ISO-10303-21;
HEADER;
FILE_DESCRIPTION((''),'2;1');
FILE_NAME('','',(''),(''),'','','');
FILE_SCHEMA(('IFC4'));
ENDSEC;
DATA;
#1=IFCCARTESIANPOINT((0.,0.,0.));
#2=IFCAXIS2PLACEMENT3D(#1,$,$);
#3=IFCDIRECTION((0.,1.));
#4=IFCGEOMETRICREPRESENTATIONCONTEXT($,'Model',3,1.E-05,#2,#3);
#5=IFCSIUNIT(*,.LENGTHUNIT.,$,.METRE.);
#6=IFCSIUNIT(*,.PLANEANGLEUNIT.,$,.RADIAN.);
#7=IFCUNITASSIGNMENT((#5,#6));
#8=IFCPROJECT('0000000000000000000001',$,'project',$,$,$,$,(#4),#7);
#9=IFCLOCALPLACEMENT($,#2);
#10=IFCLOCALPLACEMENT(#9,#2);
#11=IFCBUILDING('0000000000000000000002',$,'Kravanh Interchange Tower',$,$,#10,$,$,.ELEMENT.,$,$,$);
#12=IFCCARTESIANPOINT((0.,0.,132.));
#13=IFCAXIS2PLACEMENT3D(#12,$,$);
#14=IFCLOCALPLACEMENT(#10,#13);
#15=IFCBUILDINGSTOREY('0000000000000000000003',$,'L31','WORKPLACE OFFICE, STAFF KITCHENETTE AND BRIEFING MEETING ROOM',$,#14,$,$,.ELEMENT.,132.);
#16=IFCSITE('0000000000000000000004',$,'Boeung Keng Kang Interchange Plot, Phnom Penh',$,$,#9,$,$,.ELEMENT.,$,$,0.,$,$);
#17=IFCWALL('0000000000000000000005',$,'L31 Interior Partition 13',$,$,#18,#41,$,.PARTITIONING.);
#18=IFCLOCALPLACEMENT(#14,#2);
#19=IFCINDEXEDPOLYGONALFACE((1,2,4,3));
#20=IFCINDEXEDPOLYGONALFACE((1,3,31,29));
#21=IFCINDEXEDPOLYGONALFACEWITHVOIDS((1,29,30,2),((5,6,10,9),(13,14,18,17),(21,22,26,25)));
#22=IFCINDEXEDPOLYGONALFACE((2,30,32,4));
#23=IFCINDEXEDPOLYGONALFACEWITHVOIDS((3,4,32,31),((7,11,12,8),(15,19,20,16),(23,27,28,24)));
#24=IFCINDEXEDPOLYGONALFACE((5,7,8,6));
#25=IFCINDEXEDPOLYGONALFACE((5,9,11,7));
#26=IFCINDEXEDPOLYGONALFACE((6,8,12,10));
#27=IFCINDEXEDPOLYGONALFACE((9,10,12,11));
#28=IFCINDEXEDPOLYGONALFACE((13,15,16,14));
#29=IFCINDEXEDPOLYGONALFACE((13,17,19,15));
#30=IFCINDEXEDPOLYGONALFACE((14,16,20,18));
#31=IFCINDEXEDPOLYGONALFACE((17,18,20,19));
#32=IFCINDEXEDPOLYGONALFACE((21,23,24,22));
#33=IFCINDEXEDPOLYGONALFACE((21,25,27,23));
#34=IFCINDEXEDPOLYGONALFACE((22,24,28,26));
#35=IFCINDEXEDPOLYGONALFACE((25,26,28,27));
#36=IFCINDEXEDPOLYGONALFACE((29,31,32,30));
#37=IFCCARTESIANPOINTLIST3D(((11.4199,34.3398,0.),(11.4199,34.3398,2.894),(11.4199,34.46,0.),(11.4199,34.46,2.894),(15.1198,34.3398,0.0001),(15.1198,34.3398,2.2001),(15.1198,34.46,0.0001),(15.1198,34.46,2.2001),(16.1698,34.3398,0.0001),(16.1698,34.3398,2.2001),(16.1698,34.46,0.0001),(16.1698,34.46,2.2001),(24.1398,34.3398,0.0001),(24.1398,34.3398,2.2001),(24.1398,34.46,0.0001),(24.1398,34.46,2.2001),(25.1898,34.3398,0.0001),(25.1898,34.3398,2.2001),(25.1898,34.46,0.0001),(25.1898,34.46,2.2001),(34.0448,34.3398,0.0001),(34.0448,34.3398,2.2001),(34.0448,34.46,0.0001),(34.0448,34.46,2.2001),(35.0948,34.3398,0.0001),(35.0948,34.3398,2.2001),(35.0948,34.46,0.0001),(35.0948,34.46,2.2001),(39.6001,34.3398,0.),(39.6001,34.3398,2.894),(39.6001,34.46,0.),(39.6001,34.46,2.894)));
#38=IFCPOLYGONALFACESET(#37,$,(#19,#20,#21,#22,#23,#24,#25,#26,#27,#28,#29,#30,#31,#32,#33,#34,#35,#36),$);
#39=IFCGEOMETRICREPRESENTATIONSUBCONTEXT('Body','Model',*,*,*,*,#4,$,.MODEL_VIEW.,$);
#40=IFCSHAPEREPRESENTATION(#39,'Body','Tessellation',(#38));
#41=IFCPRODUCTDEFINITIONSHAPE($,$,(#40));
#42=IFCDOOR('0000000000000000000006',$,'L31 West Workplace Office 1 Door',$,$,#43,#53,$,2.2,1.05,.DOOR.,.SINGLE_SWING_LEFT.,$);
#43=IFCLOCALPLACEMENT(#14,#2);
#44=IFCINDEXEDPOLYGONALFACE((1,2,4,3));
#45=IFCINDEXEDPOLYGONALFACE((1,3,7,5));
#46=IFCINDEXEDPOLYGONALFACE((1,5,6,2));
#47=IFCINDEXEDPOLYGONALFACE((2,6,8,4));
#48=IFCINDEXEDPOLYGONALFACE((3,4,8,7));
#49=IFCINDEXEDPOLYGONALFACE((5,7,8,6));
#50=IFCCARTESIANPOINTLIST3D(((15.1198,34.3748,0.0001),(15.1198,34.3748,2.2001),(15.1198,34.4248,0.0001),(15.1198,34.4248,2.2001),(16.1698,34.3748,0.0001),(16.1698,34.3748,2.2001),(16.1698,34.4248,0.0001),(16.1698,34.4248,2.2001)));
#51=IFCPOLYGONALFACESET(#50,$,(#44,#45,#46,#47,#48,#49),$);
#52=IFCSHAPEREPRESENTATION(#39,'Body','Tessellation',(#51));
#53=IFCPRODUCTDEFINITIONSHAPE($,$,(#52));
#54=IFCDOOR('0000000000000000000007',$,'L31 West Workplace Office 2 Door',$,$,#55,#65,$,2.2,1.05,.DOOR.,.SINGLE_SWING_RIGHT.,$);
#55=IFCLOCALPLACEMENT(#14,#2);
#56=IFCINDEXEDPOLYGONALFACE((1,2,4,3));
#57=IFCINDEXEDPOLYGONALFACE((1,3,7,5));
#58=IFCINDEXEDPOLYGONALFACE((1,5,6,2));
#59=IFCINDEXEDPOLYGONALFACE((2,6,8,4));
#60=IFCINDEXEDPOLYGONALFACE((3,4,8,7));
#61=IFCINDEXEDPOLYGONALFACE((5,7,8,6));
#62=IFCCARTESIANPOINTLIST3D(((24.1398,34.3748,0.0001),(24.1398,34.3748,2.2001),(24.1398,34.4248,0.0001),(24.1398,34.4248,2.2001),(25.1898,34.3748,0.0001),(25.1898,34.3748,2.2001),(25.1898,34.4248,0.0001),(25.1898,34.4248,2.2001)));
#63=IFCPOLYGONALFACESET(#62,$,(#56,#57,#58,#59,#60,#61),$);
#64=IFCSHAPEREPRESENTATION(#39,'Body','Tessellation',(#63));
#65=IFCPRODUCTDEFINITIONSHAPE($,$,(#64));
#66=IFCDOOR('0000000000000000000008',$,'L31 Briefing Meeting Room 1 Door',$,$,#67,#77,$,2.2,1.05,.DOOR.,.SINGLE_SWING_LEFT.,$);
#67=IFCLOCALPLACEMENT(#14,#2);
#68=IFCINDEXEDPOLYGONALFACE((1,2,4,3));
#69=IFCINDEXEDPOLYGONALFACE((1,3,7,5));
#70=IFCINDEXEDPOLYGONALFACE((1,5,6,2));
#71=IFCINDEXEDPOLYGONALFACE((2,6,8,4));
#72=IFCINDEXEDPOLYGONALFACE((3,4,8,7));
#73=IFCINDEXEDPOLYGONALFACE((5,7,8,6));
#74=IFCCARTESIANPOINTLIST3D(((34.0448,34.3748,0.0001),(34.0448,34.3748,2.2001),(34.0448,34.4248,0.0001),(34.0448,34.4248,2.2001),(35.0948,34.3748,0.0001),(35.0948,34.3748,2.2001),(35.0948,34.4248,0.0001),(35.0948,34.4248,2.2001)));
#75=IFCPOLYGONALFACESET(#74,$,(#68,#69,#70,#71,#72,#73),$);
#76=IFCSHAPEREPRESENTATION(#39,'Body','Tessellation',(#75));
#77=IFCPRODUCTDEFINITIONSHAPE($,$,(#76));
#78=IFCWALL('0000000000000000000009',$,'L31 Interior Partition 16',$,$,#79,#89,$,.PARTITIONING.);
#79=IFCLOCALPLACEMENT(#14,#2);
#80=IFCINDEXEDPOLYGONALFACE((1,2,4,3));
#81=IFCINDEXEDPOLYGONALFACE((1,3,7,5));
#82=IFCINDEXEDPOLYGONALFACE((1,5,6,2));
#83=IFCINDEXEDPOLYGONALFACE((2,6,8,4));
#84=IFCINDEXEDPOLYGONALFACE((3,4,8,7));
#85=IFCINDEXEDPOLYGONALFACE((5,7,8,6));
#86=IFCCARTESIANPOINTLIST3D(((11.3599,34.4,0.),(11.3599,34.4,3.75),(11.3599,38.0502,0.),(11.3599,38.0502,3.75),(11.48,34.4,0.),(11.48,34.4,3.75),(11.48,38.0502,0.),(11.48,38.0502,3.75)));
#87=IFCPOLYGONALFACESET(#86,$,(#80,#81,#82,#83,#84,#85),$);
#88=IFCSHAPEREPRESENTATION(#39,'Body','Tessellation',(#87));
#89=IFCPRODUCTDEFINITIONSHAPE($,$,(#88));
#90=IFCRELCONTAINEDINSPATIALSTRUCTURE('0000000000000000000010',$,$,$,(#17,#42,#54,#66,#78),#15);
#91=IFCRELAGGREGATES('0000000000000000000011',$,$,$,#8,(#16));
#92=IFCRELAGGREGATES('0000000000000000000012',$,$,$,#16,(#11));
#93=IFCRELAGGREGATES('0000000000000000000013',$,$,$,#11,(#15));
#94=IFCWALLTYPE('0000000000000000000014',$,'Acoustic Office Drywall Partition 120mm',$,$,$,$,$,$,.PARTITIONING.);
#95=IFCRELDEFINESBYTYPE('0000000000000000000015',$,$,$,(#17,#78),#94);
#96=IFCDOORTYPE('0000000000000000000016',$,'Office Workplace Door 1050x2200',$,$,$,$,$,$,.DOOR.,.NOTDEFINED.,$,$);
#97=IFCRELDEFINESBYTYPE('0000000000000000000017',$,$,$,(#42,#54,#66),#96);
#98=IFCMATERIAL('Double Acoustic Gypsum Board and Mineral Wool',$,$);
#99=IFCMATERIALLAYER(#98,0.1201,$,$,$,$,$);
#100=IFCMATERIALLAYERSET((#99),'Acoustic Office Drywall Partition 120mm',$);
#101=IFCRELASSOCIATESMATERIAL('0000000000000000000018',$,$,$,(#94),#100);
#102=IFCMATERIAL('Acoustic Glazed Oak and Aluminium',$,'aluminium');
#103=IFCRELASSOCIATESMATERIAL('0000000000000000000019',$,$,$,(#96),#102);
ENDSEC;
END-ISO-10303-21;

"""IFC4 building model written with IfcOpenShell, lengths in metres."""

from ifc_helpers import new_model, si_unit, direction, frame, frame_2d, origin, place, context, subcontext, project, spatial, rectangle, extrude, material, layer, layer_set, type_object, element, fill, save


model = new_model("IFC4")

# Units and contexts
model_context = context("Model", 3, precision=1e-05, world=origin(), true_north=direction((0.0, 1.0)))
body_context = subcontext(model_context, "Body", "Model", "MODEL_VIEW")
ifc_project = project(units=[si_unit("LENGTHUNIT", "METRE"), si_unit("PLANEANGLEUNIT", "RADIAN")], contexts=[model_context])

# Site, building, storey
site_placement = place(None, origin())
site = spatial("IfcSite", under=ifc_project, at=site_placement, Name="Boeung Keng Kang Interchange Plot, Phnom Penh", CompositionType="ELEMENT", RefElevation=0.0)
building_placement = place(site_placement, origin())
building = spatial("IfcBuilding", under=site, at=building_placement, Name="Kravanh Interchange Tower", CompositionType="ELEMENT")
storey_placement = place(building_placement, frame((0.0, 0.0, 132.0)))
storey = spatial("IfcBuildingStorey", under=building, at=storey_placement, Name="L31", Description="WORKPLACE OFFICE, STAFF KITCHENETTE AND BRIEFING MEETING ROOM", CompositionType="ELEMENT", Elevation=132.0)

# Wall, openings, doors
ifc_material_1 = material(Name="Double Acoustic Gypsum Board and Mineral Wool")
ifc_layer_1 = layer(ifc_material_1, 0.1201)
ifc_layer_set_1 = layer_set([ifc_layer_1], Name="Acoustic Office Drywall Partition 120mm")
wall_type = type_object("IfcWallType", Name="Acoustic Office Drywall Partition 120mm", PredefinedType="PARTITIONING", material=ifc_layer_set_1)
wall_1_placement = place(storey_placement, frame((11.4199, 34.3999, 0.0), z_axis=(0.0, 0.0, 1.0), x_axis=(1.0, 0.0, 0.0)))
wall_1 = element("IfcWall", 1, at=wall_1_placement, inside=storey, type_object=wall_type, Name="L31 Interior Partition 13", PredefinedType="PARTITIONING", context=body_context, shape_type="SweptSolid", body=[
    extrude(rectangle(XDim=28.1802, YDim=0.1201, at=frame_2d((14.0901, 0.0))), origin(), (0.0, 0.0, 1.0), 2.894),
])
opening_1_placement = place(wall_1_placement, frame((3.7, 0.0, 0.0)))
opening_1 = element("IfcOpeningElement", 2, at=opening_1_placement, cuts=wall_1, PredefinedType="OPENING", context=body_context, shape_type="SweptSolid", body=[
    extrude(rectangle(XDim=1.05, YDim=2.2, at=frame_2d((0.5249, 1.1001))), frame((0.0, 0.0701, 0.0), z_axis=(0.0, -1.0, 0.0), x_axis=(1.0, 0.0, 0.0)), (0.0, 0.0, 1.0), 0.1401),
])
opening_2_placement = place(wall_1_placement, frame((12.72, 0.0, 0.0)))
opening_2 = element("IfcOpeningElement", 3, at=opening_2_placement, cuts=wall_1, PredefinedType="OPENING", context=body_context, shape_type="SweptSolid", body=[
    extrude(rectangle(XDim=1.05, YDim=2.2, at=frame_2d((0.5249, 1.1001))), frame((0.0, 0.0701, 0.0), z_axis=(0.0, -1.0, 0.0), x_axis=(1.0, 0.0, 0.0)), (0.0, 0.0, 1.0), 0.1401),
])
opening_3_placement = place(wall_1_placement, frame((22.625, 0.0, 0.0)))
opening_3 = element("IfcOpeningElement", 4, at=opening_3_placement, cuts=wall_1, PredefinedType="OPENING", context=body_context, shape_type="SweptSolid", body=[
    extrude(rectangle(XDim=1.05, YDim=2.2, at=frame_2d((0.5249, 1.1001))), frame((0.0, 0.0701, 0.0), z_axis=(0.0, -1.0, 0.0), x_axis=(1.0, 0.0, 0.0)), (0.0, 0.0, 1.0), 0.1401),
])
ifc_material_2 = material(Name="Acoustic Glazed Oak and Aluminium", Category="aluminium")
door_type = type_object("IfcDoorType", Name="Office Workplace Door 1050x2200", OperationType="NOTDEFINED", PredefinedType="DOOR", material=ifc_material_2)
door_1_placement = place(opening_1_placement, origin())
door_1 = element("IfcDoor", 5, at=door_1_placement, inside=storey, type_object=door_type, Name="L31 West Workplace Office 1 Door", OperationType="SINGLE_SWING_LEFT", OverallHeight=2.2, OverallWidth=1.05, PredefinedType="DOOR", context=body_context, shape_type="SweptSolid", body=[
    extrude(rectangle(XDim=1.05, YDim=2.2, at=frame_2d((0.5249, 1.1001))), frame((0.0, 0.0249, 0.0), z_axis=(0.0, -1.0, 0.0), x_axis=(1.0, 0.0, 0.0)), (0.0, 0.0, 1.0), 0.05),
])
fill(opening_1, door_1)
door_2_placement = place(opening_2_placement, origin())
door_2 = element("IfcDoor", 6, at=door_2_placement, inside=storey, type_object=door_type, Name="L31 West Workplace Office 2 Door", OperationType="SINGLE_SWING_RIGHT", OverallHeight=2.2, OverallWidth=1.05, PredefinedType="DOOR", context=body_context, shape_type="SweptSolid", body=[
    extrude(rectangle(XDim=1.05, YDim=2.2, at=frame_2d((0.5249, 1.1001))), frame((0.0, 0.0249, 0.0), z_axis=(0.0, -1.0, 0.0), x_axis=(1.0, 0.0, 0.0)), (0.0, 0.0, 1.0), 0.05),
])
fill(opening_2, door_2)
door_3_placement = place(opening_3_placement, origin())
door_3 = element("IfcDoor", 7, at=door_3_placement, inside=storey, type_object=door_type, Name="L31 Briefing Meeting Room 1 Door", OperationType="SINGLE_SWING_LEFT", OverallHeight=2.2, OverallWidth=1.05, PredefinedType="DOOR", context=body_context, shape_type="SweptSolid", body=[
    extrude(rectangle(XDim=1.05, YDim=2.2, at=frame_2d((0.5249, 1.1001))), frame((0.0, 0.0249, 0.0), z_axis=(0.0, -1.0, 0.0), x_axis=(1.0, 0.0, 0.0)), (0.0, 0.0, 1.0), 0.05),
])
fill(opening_3, door_3)

# Wall
wall_2_placement = place(storey_placement, frame((11.4199, 34.3999, 0.0), z_axis=(0.0, 0.0, 1.0), x_axis=(0.0, 1.0, 0.0)))
element("IfcWall", 8, at=wall_2_placement, inside=storey, type_object=wall_type, Name="L31 Interior Partition 16", PredefinedType="PARTITIONING", context=body_context, shape_type="SweptSolid", body=[
    extrude(rectangle(XDim=3.6501, YDim=0.1201, at=frame_2d((1.8252, 0.0))), origin(), (0.0, 0.0, 1.0), 3.75),
])

save(model, "model.ifc")
